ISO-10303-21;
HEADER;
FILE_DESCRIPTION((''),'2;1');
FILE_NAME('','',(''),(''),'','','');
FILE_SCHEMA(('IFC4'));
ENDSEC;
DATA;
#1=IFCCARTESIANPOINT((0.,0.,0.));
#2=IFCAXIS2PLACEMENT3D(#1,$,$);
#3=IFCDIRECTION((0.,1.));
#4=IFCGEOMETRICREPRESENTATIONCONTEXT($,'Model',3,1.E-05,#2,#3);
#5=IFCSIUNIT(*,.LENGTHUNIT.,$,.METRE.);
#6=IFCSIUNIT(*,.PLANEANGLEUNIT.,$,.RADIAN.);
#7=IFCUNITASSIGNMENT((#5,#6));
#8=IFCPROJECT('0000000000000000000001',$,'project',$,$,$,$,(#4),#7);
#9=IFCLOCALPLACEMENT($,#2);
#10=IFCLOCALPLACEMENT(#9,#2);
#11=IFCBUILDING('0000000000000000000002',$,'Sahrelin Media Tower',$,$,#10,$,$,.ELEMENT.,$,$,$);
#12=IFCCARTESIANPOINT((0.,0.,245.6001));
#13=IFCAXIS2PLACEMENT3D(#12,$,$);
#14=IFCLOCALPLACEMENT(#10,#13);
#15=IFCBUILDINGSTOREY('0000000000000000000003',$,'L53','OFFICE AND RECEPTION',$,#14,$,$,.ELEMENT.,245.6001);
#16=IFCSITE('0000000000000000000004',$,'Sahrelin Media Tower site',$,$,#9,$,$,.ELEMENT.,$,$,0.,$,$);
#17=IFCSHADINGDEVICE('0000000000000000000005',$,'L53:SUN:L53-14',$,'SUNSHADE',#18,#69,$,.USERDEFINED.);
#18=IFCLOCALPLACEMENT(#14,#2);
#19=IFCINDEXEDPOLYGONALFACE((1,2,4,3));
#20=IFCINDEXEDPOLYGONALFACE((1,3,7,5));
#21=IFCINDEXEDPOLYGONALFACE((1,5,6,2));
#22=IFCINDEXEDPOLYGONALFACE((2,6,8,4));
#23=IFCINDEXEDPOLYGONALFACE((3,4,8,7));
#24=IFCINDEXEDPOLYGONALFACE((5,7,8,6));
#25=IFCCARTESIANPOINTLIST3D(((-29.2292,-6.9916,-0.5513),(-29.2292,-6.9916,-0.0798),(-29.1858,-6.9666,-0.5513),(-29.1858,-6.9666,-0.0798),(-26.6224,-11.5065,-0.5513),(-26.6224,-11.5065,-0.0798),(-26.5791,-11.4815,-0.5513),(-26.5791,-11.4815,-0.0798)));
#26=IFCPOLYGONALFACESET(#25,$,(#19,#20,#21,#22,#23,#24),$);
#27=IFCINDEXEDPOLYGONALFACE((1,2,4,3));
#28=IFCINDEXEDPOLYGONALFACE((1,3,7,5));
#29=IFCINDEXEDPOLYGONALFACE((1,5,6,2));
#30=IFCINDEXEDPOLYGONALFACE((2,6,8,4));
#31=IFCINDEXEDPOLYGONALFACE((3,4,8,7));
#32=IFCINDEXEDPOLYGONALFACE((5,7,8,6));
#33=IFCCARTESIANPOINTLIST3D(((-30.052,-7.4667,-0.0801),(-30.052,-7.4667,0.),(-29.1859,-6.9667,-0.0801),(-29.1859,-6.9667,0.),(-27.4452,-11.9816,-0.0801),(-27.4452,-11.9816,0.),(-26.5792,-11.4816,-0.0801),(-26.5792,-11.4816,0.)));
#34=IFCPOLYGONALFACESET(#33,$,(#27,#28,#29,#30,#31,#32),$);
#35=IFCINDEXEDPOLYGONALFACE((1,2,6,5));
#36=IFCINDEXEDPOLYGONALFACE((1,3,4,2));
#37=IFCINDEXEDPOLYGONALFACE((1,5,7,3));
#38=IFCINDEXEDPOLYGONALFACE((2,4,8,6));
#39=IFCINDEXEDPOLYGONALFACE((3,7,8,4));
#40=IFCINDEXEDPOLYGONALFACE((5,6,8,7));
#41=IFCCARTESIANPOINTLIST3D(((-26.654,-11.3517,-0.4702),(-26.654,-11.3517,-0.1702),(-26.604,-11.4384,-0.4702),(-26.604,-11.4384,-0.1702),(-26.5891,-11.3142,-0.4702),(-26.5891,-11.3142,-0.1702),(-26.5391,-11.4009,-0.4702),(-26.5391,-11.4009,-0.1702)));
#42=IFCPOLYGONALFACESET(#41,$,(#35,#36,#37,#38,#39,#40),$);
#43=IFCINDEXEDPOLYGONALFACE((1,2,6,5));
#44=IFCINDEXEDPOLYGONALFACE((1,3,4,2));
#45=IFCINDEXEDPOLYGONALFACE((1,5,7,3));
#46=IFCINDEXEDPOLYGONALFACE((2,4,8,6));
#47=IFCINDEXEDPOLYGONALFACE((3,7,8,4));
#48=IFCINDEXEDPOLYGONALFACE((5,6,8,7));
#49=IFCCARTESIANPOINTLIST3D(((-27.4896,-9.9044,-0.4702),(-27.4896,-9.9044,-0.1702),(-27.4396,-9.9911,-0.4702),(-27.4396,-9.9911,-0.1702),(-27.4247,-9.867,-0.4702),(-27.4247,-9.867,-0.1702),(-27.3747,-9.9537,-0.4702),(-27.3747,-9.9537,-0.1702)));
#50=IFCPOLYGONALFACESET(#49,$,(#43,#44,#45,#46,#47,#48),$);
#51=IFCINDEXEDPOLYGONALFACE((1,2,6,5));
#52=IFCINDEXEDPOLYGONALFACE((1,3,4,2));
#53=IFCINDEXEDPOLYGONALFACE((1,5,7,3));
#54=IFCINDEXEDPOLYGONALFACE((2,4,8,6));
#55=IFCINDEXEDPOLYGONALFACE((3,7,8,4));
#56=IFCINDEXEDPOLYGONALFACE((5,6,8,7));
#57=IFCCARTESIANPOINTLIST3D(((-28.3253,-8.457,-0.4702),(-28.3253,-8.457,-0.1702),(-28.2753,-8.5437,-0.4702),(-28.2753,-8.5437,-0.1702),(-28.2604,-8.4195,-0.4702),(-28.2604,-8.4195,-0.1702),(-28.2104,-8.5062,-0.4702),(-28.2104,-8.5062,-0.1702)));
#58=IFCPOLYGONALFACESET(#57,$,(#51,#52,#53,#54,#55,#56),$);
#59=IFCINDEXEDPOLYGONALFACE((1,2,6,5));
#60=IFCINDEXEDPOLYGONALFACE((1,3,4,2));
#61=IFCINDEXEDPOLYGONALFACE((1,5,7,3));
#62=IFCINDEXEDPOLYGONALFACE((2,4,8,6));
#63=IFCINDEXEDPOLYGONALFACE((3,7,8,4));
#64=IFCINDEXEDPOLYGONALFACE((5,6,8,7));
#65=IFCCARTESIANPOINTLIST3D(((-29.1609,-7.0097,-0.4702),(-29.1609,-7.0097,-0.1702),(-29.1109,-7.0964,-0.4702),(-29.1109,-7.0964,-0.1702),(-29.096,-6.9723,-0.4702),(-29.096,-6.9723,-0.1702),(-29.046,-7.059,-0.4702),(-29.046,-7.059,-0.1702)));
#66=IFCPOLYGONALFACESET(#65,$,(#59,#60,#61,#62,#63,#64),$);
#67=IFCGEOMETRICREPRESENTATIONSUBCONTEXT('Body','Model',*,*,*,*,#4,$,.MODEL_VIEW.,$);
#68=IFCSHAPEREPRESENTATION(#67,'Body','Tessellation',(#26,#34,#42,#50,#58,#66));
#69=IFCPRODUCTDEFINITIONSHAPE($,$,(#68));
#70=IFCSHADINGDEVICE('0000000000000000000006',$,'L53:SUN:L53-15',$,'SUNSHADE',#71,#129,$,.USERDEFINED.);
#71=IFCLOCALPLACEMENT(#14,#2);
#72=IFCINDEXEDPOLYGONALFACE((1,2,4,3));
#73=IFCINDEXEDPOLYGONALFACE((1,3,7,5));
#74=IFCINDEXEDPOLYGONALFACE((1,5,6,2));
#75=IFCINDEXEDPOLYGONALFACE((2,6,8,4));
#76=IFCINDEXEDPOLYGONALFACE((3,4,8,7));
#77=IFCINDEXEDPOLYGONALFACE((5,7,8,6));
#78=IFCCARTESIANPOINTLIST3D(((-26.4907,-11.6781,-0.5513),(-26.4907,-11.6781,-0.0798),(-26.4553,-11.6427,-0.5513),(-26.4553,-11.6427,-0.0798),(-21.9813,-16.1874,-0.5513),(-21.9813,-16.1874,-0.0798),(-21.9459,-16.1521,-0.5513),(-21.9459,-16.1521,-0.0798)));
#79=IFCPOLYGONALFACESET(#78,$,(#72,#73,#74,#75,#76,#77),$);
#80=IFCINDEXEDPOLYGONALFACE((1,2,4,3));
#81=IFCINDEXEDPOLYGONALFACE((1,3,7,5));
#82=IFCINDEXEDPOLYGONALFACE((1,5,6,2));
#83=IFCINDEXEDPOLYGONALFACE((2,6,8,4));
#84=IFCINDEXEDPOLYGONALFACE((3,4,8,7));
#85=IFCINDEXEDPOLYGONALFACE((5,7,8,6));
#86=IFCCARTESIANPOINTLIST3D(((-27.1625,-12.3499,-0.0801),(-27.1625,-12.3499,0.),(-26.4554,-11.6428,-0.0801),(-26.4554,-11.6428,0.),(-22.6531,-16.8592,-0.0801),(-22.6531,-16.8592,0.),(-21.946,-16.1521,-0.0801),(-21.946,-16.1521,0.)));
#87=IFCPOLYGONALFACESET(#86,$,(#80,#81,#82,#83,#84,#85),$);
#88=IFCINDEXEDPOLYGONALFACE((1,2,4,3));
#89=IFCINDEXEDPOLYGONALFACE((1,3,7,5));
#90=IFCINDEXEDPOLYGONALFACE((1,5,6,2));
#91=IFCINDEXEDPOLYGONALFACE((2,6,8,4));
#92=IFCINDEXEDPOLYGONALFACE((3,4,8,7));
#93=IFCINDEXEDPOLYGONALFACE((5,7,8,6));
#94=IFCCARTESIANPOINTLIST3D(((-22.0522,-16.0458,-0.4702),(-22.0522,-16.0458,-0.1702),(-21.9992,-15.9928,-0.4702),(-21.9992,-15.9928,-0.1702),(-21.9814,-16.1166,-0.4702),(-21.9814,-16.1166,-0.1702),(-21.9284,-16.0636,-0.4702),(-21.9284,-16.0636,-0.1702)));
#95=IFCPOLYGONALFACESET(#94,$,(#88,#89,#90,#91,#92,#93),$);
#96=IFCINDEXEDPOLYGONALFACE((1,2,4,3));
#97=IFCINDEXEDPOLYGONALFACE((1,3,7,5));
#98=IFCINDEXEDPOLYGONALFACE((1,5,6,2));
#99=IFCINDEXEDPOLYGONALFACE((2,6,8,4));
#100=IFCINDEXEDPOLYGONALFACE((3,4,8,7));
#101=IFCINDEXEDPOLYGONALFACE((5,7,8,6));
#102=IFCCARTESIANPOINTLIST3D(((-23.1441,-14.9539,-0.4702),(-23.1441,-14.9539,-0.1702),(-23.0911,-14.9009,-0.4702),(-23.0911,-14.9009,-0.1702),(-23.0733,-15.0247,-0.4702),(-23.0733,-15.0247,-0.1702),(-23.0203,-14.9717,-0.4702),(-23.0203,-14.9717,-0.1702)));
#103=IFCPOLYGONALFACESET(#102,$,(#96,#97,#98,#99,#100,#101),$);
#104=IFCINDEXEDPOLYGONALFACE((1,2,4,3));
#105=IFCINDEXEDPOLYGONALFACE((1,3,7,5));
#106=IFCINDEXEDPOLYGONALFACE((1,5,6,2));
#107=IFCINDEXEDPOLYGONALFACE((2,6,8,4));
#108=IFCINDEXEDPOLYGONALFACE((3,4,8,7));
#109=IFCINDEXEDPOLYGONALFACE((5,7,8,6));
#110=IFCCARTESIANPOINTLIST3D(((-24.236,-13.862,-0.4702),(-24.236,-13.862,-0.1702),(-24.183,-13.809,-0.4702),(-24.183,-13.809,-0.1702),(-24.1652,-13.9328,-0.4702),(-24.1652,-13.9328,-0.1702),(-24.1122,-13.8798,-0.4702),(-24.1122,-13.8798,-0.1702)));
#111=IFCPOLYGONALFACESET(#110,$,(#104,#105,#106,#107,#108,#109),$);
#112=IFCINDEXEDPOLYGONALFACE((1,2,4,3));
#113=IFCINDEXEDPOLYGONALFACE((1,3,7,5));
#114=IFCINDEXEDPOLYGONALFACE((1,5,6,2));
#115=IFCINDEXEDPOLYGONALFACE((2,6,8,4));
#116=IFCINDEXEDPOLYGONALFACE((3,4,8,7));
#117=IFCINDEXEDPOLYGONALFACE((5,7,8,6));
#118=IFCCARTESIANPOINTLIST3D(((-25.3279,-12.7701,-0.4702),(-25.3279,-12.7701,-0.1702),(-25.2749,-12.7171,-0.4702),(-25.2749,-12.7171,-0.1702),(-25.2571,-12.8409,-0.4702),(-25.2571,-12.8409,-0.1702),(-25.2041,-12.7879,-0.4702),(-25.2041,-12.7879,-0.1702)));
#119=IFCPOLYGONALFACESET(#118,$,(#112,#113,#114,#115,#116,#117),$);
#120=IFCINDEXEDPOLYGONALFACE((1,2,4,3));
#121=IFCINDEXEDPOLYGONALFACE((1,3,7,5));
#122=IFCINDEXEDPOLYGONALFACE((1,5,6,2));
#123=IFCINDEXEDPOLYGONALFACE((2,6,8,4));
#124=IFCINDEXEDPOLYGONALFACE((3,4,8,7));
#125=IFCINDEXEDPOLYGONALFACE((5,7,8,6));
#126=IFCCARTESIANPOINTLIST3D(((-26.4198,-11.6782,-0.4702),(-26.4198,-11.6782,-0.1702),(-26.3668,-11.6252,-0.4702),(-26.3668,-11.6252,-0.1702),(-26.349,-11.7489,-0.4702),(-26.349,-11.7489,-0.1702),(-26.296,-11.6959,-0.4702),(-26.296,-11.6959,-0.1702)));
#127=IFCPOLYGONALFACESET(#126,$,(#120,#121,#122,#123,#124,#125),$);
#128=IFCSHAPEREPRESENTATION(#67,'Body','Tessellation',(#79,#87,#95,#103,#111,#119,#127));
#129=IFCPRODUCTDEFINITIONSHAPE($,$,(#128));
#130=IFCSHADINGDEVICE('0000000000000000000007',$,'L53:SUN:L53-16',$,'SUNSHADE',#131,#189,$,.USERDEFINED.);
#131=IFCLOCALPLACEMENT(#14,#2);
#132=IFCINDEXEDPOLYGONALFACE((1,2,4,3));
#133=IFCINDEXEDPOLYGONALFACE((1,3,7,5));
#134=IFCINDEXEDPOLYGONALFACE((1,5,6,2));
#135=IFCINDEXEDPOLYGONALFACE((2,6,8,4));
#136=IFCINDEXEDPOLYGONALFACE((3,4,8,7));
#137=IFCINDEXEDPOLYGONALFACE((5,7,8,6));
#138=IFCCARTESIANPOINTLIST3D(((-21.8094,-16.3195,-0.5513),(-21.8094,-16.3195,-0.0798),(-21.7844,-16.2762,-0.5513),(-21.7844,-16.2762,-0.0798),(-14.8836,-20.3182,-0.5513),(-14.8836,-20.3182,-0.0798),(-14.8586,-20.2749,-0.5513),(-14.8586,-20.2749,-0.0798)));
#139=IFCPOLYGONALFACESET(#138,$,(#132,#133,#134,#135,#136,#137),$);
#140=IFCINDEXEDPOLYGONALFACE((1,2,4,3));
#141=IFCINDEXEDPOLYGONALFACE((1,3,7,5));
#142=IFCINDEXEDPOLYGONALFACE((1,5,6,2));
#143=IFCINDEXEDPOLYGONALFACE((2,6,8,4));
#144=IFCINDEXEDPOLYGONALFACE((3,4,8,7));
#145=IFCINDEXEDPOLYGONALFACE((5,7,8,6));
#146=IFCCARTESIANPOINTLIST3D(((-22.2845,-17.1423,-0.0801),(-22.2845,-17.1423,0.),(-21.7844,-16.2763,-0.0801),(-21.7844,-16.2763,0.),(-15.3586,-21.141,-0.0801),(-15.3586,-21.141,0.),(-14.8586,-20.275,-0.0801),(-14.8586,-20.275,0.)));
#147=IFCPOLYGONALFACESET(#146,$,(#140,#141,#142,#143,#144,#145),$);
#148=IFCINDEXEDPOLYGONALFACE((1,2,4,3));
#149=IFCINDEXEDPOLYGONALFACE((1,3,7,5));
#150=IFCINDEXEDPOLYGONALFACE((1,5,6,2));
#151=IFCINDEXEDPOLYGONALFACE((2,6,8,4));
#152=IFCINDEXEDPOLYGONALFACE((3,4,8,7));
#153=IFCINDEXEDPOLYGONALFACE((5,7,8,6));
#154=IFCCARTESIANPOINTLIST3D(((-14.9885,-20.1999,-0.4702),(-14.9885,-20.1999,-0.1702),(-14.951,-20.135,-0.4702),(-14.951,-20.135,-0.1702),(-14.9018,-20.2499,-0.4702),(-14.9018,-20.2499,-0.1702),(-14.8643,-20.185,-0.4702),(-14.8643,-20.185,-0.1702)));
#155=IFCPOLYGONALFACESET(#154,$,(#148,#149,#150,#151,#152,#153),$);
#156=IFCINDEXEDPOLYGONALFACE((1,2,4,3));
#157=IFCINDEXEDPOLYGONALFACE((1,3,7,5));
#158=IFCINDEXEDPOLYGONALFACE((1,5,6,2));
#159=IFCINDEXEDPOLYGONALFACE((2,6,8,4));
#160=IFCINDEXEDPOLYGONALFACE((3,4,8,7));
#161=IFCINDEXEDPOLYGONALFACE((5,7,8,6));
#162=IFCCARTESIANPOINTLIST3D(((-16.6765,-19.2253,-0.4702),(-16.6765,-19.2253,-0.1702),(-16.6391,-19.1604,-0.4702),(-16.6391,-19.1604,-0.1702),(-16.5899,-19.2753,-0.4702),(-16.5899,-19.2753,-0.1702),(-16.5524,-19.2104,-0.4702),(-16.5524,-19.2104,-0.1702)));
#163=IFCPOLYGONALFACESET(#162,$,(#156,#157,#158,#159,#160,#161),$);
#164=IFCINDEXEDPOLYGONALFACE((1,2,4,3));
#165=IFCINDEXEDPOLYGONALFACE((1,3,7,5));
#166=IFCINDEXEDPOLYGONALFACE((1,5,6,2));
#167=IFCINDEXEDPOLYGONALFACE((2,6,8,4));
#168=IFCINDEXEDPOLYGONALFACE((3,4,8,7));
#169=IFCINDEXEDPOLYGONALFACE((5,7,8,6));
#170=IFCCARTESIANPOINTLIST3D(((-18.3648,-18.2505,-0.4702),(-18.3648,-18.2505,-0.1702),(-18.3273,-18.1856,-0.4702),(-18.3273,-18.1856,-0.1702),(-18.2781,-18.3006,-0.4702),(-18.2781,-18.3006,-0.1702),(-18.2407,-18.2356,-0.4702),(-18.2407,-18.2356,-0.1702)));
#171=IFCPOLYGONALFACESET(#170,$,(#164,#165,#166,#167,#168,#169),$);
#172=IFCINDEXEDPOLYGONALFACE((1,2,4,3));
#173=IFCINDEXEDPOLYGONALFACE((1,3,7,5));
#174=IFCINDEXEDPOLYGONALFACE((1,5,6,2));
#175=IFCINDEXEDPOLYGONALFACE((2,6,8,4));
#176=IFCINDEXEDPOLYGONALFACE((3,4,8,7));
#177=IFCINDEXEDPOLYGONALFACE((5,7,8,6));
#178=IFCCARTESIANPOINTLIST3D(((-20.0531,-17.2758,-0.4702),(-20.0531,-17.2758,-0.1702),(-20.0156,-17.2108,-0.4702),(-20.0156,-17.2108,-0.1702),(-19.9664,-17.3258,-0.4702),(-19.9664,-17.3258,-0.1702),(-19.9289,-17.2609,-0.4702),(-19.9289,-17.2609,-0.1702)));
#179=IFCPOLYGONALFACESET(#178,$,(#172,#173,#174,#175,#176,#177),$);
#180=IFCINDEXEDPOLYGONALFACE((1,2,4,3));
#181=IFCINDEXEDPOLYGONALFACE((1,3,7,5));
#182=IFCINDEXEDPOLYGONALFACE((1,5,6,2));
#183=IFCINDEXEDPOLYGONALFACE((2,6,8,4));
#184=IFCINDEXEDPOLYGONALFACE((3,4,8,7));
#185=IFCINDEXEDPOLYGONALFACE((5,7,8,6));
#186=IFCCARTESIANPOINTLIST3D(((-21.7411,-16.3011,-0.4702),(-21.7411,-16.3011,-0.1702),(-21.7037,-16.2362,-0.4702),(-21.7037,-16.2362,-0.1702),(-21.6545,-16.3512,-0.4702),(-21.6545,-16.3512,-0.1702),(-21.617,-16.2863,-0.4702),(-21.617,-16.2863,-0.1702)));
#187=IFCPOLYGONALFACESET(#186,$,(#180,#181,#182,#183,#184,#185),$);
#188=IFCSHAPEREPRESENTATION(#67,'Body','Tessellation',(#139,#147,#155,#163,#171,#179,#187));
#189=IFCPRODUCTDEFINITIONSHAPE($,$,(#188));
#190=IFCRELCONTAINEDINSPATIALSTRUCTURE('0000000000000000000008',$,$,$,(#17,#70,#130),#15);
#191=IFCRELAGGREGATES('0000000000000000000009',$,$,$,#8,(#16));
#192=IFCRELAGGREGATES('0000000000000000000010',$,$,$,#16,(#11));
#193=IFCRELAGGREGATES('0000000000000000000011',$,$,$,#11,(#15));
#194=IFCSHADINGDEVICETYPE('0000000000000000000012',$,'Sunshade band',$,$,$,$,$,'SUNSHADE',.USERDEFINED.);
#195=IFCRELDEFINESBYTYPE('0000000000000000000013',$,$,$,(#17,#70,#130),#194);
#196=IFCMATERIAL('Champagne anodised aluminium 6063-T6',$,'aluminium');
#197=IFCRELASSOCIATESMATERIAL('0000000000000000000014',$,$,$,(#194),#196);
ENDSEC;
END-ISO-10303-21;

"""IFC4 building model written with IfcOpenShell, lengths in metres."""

from ifc_helpers import new_model, si_unit, direction, frame, origin, origin_2d, place, context, subcontext, project, spatial, rectangle, extrude, material, type_object, element, save


model = new_model("IFC4")

# Units and contexts
model_context = context("Model", 3, precision=1e-05, world=origin(), true_north=direction((0.0, 1.0)))
body_context = subcontext(model_context, "Body", "Model", "MODEL_VIEW")
ifc_project = project(units=[si_unit("LENGTHUNIT", "METRE"), si_unit("PLANEANGLEUNIT", "RADIAN")], contexts=[model_context])

# Site, building, storey
site_placement = place(None, origin())
site = spatial("IfcSite", under=ifc_project, at=site_placement, Name="Sahrelin Media Tower site", CompositionType="ELEMENT", RefElevation=0.0)
building_placement = place(site_placement, origin())
building = spatial("IfcBuilding", under=site, at=building_placement, Name="Sahrelin Media Tower", CompositionType="ELEMENT")
storey_placement = place(building_placement, frame((0.0, 0.0, 245.6001)))
storey = spatial("IfcBuildingStorey", under=building, at=storey_placement, Name="L53", Description="OFFICE AND RECEPTION", CompositionType="ELEMENT", Elevation=245.6001)

# Shared definitions
ifc_material_1 = material(Name="Champagne anodised aluminium 6063-T6", Category="aluminium")

# Shading devices
placement_1 = place(storey_placement, frame((-27.8652, -9.2141, 0.0), z_axis=(0.0, 0.0, 1.0), x_axis=(-0.500011, 0.866019, 0.0)))
placement_2 = place(storey_placement, frame((-24.1865, -13.8833, 0.0), z_axis=(0.0, 0.0, 1.0), x_axis=(-0.707107, 0.707107, 0.0)))
shading_device_type_1 = type_object("IfcShadingDeviceType", Name="Sunshade band", ElementType="SUNSHADE", PredefinedType="USERDEFINED", material=ifc_material_1)
element("IfcShadingDevice", 1, at=placement_1, inside=storey, type_object=shading_device_type_1, Name="L53:SUN:L53-14", ObjectType="SUNSHADE", PredefinedType="USERDEFINED", context=body_context, shape_type="SweptSolid", body=[
    extrude(rectangle(XDim=5.2134, YDim=0.05, at=origin_2d()), frame((0.0, 0.0449, -0.5513)), (0.0, 0.0, 1.0), 0.4714),
    extrude(rectangle(XDim=5.2134, YDim=1.0, at=origin_2d()), frame((0.0, 0.52, -0.0801)), (0.0, 0.0, 1.0), 0.0801),
    extrude(rectangle(XDim=0.1001, YDim=0.075, at=origin_2d()), frame((-2.5068, -0.0176, -0.4702)), (0.0, 0.0, 1.0), 0.3),
    extrude(rectangle(XDim=0.1001, YDim=0.075, at=origin_2d()), frame((-0.8357, -0.0176, -0.4702)), (0.0, 0.0, 1.0), 0.3),
    extrude(rectangle(XDim=0.1001, YDim=0.075, at=origin_2d()), frame((0.8357, -0.0176, -0.4702)), (0.0, 0.0, 1.0), 0.3),
    extrude(rectangle(XDim=0.1001, YDim=0.075, at=origin_2d()), frame((2.5068, -0.0176, -0.4702)), (0.0, 0.0, 1.0), 0.3),
])
element("IfcShadingDevice", 2, at=placement_2, inside=storey, type_object=shading_device_type_1, Name="L53:SUN:L53-15", ObjectType="SUNSHADE", PredefinedType="USERDEFINED", context=body_context, shape_type="SweptSolid", body=[
    extrude(rectangle(XDim=6.3772, YDim=0.05, at=origin_2d()), frame((0.0, 0.0449, -0.5513)), (0.0, 0.0, 1.0), 0.4714),
    extrude(rectangle(XDim=6.3772, YDim=1.0, at=origin_2d()), frame((0.0, 0.52, -0.0801)), (0.0, 0.0, 1.0), 0.0801),
    extrude(rectangle(XDim=0.1001, YDim=0.075, at=origin_2d()), frame((-3.0884, -0.0176, -0.4702)), (0.0, 0.0, 1.0), 0.3),
    extrude(rectangle(XDim=0.1001, YDim=0.075, at=origin_2d()), frame((-1.5442, -0.0176, -0.4702)), (0.0, 0.0, 1.0), 0.3),
    extrude(rectangle(XDim=0.1001, YDim=0.075, at=origin_2d()), frame((0.0, -0.0176, -0.4702)), (0.0, 0.0, 1.0), 0.3),
    extrude(rectangle(XDim=0.1001, YDim=0.075, at=origin_2d()), frame((1.5442, -0.0176, -0.4702)), (0.0, 0.0, 1.0), 0.3),
    extrude(rectangle(XDim=0.1001, YDim=0.075, at=origin_2d()), frame((3.0884, -0.0176, -0.4702)), (0.0, 0.0, 1.0), 0.3),
])
shading_device_1_placement = place(storey_placement, frame((-18.3115, -18.2583, 0.0), z_axis=(0.0, 0.0, 1.0), x_axis=(-0.866019, 0.500011, 0.0)))
element("IfcShadingDevice", 3, at=shading_device_1_placement, inside=storey, type_object=shading_device_type_1, Name="L53:SUN:L53-16", ObjectType="SUNSHADE", PredefinedType="USERDEFINED", context=body_context, shape_type="SweptSolid", body=[
    extrude(rectangle(XDim=7.9973, YDim=0.05, at=origin_2d()), frame((0.0, 0.0449, -0.5513)), (0.0, 0.0, 1.0), 0.4714),
    extrude(rectangle(XDim=7.9973, YDim=1.0, at=origin_2d()), frame((0.0, 0.52, -0.0801)), (0.0, 0.0, 1.0), 0.0801),
    extrude(rectangle(XDim=0.1001, YDim=0.075, at=origin_2d()), frame((-3.8987, -0.0176, -0.4702)), (0.0, 0.0, 1.0), 0.3),
    extrude(rectangle(XDim=0.1001, YDim=0.075, at=origin_2d()), frame((-1.9495, -0.0176, -0.4702)), (0.0, 0.0, 1.0), 0.3),
    extrude(rectangle(XDim=0.1001, YDim=0.075, at=origin_2d()), frame((0.0, -0.0176, -0.4702)), (0.0, 0.0, 1.0), 0.3),
    extrude(rectangle(XDim=0.1001, YDim=0.075, at=origin_2d()), frame((1.9495, -0.0176, -0.4702)), (0.0, 0.0, 1.0), 0.3),
    extrude(rectangle(XDim=0.1001, YDim=0.075, at=origin_2d()), frame((3.8987, -0.0176, -0.4702)), (0.0, 0.0, 1.0), 0.3),
])

save(model, "model.ifc")
